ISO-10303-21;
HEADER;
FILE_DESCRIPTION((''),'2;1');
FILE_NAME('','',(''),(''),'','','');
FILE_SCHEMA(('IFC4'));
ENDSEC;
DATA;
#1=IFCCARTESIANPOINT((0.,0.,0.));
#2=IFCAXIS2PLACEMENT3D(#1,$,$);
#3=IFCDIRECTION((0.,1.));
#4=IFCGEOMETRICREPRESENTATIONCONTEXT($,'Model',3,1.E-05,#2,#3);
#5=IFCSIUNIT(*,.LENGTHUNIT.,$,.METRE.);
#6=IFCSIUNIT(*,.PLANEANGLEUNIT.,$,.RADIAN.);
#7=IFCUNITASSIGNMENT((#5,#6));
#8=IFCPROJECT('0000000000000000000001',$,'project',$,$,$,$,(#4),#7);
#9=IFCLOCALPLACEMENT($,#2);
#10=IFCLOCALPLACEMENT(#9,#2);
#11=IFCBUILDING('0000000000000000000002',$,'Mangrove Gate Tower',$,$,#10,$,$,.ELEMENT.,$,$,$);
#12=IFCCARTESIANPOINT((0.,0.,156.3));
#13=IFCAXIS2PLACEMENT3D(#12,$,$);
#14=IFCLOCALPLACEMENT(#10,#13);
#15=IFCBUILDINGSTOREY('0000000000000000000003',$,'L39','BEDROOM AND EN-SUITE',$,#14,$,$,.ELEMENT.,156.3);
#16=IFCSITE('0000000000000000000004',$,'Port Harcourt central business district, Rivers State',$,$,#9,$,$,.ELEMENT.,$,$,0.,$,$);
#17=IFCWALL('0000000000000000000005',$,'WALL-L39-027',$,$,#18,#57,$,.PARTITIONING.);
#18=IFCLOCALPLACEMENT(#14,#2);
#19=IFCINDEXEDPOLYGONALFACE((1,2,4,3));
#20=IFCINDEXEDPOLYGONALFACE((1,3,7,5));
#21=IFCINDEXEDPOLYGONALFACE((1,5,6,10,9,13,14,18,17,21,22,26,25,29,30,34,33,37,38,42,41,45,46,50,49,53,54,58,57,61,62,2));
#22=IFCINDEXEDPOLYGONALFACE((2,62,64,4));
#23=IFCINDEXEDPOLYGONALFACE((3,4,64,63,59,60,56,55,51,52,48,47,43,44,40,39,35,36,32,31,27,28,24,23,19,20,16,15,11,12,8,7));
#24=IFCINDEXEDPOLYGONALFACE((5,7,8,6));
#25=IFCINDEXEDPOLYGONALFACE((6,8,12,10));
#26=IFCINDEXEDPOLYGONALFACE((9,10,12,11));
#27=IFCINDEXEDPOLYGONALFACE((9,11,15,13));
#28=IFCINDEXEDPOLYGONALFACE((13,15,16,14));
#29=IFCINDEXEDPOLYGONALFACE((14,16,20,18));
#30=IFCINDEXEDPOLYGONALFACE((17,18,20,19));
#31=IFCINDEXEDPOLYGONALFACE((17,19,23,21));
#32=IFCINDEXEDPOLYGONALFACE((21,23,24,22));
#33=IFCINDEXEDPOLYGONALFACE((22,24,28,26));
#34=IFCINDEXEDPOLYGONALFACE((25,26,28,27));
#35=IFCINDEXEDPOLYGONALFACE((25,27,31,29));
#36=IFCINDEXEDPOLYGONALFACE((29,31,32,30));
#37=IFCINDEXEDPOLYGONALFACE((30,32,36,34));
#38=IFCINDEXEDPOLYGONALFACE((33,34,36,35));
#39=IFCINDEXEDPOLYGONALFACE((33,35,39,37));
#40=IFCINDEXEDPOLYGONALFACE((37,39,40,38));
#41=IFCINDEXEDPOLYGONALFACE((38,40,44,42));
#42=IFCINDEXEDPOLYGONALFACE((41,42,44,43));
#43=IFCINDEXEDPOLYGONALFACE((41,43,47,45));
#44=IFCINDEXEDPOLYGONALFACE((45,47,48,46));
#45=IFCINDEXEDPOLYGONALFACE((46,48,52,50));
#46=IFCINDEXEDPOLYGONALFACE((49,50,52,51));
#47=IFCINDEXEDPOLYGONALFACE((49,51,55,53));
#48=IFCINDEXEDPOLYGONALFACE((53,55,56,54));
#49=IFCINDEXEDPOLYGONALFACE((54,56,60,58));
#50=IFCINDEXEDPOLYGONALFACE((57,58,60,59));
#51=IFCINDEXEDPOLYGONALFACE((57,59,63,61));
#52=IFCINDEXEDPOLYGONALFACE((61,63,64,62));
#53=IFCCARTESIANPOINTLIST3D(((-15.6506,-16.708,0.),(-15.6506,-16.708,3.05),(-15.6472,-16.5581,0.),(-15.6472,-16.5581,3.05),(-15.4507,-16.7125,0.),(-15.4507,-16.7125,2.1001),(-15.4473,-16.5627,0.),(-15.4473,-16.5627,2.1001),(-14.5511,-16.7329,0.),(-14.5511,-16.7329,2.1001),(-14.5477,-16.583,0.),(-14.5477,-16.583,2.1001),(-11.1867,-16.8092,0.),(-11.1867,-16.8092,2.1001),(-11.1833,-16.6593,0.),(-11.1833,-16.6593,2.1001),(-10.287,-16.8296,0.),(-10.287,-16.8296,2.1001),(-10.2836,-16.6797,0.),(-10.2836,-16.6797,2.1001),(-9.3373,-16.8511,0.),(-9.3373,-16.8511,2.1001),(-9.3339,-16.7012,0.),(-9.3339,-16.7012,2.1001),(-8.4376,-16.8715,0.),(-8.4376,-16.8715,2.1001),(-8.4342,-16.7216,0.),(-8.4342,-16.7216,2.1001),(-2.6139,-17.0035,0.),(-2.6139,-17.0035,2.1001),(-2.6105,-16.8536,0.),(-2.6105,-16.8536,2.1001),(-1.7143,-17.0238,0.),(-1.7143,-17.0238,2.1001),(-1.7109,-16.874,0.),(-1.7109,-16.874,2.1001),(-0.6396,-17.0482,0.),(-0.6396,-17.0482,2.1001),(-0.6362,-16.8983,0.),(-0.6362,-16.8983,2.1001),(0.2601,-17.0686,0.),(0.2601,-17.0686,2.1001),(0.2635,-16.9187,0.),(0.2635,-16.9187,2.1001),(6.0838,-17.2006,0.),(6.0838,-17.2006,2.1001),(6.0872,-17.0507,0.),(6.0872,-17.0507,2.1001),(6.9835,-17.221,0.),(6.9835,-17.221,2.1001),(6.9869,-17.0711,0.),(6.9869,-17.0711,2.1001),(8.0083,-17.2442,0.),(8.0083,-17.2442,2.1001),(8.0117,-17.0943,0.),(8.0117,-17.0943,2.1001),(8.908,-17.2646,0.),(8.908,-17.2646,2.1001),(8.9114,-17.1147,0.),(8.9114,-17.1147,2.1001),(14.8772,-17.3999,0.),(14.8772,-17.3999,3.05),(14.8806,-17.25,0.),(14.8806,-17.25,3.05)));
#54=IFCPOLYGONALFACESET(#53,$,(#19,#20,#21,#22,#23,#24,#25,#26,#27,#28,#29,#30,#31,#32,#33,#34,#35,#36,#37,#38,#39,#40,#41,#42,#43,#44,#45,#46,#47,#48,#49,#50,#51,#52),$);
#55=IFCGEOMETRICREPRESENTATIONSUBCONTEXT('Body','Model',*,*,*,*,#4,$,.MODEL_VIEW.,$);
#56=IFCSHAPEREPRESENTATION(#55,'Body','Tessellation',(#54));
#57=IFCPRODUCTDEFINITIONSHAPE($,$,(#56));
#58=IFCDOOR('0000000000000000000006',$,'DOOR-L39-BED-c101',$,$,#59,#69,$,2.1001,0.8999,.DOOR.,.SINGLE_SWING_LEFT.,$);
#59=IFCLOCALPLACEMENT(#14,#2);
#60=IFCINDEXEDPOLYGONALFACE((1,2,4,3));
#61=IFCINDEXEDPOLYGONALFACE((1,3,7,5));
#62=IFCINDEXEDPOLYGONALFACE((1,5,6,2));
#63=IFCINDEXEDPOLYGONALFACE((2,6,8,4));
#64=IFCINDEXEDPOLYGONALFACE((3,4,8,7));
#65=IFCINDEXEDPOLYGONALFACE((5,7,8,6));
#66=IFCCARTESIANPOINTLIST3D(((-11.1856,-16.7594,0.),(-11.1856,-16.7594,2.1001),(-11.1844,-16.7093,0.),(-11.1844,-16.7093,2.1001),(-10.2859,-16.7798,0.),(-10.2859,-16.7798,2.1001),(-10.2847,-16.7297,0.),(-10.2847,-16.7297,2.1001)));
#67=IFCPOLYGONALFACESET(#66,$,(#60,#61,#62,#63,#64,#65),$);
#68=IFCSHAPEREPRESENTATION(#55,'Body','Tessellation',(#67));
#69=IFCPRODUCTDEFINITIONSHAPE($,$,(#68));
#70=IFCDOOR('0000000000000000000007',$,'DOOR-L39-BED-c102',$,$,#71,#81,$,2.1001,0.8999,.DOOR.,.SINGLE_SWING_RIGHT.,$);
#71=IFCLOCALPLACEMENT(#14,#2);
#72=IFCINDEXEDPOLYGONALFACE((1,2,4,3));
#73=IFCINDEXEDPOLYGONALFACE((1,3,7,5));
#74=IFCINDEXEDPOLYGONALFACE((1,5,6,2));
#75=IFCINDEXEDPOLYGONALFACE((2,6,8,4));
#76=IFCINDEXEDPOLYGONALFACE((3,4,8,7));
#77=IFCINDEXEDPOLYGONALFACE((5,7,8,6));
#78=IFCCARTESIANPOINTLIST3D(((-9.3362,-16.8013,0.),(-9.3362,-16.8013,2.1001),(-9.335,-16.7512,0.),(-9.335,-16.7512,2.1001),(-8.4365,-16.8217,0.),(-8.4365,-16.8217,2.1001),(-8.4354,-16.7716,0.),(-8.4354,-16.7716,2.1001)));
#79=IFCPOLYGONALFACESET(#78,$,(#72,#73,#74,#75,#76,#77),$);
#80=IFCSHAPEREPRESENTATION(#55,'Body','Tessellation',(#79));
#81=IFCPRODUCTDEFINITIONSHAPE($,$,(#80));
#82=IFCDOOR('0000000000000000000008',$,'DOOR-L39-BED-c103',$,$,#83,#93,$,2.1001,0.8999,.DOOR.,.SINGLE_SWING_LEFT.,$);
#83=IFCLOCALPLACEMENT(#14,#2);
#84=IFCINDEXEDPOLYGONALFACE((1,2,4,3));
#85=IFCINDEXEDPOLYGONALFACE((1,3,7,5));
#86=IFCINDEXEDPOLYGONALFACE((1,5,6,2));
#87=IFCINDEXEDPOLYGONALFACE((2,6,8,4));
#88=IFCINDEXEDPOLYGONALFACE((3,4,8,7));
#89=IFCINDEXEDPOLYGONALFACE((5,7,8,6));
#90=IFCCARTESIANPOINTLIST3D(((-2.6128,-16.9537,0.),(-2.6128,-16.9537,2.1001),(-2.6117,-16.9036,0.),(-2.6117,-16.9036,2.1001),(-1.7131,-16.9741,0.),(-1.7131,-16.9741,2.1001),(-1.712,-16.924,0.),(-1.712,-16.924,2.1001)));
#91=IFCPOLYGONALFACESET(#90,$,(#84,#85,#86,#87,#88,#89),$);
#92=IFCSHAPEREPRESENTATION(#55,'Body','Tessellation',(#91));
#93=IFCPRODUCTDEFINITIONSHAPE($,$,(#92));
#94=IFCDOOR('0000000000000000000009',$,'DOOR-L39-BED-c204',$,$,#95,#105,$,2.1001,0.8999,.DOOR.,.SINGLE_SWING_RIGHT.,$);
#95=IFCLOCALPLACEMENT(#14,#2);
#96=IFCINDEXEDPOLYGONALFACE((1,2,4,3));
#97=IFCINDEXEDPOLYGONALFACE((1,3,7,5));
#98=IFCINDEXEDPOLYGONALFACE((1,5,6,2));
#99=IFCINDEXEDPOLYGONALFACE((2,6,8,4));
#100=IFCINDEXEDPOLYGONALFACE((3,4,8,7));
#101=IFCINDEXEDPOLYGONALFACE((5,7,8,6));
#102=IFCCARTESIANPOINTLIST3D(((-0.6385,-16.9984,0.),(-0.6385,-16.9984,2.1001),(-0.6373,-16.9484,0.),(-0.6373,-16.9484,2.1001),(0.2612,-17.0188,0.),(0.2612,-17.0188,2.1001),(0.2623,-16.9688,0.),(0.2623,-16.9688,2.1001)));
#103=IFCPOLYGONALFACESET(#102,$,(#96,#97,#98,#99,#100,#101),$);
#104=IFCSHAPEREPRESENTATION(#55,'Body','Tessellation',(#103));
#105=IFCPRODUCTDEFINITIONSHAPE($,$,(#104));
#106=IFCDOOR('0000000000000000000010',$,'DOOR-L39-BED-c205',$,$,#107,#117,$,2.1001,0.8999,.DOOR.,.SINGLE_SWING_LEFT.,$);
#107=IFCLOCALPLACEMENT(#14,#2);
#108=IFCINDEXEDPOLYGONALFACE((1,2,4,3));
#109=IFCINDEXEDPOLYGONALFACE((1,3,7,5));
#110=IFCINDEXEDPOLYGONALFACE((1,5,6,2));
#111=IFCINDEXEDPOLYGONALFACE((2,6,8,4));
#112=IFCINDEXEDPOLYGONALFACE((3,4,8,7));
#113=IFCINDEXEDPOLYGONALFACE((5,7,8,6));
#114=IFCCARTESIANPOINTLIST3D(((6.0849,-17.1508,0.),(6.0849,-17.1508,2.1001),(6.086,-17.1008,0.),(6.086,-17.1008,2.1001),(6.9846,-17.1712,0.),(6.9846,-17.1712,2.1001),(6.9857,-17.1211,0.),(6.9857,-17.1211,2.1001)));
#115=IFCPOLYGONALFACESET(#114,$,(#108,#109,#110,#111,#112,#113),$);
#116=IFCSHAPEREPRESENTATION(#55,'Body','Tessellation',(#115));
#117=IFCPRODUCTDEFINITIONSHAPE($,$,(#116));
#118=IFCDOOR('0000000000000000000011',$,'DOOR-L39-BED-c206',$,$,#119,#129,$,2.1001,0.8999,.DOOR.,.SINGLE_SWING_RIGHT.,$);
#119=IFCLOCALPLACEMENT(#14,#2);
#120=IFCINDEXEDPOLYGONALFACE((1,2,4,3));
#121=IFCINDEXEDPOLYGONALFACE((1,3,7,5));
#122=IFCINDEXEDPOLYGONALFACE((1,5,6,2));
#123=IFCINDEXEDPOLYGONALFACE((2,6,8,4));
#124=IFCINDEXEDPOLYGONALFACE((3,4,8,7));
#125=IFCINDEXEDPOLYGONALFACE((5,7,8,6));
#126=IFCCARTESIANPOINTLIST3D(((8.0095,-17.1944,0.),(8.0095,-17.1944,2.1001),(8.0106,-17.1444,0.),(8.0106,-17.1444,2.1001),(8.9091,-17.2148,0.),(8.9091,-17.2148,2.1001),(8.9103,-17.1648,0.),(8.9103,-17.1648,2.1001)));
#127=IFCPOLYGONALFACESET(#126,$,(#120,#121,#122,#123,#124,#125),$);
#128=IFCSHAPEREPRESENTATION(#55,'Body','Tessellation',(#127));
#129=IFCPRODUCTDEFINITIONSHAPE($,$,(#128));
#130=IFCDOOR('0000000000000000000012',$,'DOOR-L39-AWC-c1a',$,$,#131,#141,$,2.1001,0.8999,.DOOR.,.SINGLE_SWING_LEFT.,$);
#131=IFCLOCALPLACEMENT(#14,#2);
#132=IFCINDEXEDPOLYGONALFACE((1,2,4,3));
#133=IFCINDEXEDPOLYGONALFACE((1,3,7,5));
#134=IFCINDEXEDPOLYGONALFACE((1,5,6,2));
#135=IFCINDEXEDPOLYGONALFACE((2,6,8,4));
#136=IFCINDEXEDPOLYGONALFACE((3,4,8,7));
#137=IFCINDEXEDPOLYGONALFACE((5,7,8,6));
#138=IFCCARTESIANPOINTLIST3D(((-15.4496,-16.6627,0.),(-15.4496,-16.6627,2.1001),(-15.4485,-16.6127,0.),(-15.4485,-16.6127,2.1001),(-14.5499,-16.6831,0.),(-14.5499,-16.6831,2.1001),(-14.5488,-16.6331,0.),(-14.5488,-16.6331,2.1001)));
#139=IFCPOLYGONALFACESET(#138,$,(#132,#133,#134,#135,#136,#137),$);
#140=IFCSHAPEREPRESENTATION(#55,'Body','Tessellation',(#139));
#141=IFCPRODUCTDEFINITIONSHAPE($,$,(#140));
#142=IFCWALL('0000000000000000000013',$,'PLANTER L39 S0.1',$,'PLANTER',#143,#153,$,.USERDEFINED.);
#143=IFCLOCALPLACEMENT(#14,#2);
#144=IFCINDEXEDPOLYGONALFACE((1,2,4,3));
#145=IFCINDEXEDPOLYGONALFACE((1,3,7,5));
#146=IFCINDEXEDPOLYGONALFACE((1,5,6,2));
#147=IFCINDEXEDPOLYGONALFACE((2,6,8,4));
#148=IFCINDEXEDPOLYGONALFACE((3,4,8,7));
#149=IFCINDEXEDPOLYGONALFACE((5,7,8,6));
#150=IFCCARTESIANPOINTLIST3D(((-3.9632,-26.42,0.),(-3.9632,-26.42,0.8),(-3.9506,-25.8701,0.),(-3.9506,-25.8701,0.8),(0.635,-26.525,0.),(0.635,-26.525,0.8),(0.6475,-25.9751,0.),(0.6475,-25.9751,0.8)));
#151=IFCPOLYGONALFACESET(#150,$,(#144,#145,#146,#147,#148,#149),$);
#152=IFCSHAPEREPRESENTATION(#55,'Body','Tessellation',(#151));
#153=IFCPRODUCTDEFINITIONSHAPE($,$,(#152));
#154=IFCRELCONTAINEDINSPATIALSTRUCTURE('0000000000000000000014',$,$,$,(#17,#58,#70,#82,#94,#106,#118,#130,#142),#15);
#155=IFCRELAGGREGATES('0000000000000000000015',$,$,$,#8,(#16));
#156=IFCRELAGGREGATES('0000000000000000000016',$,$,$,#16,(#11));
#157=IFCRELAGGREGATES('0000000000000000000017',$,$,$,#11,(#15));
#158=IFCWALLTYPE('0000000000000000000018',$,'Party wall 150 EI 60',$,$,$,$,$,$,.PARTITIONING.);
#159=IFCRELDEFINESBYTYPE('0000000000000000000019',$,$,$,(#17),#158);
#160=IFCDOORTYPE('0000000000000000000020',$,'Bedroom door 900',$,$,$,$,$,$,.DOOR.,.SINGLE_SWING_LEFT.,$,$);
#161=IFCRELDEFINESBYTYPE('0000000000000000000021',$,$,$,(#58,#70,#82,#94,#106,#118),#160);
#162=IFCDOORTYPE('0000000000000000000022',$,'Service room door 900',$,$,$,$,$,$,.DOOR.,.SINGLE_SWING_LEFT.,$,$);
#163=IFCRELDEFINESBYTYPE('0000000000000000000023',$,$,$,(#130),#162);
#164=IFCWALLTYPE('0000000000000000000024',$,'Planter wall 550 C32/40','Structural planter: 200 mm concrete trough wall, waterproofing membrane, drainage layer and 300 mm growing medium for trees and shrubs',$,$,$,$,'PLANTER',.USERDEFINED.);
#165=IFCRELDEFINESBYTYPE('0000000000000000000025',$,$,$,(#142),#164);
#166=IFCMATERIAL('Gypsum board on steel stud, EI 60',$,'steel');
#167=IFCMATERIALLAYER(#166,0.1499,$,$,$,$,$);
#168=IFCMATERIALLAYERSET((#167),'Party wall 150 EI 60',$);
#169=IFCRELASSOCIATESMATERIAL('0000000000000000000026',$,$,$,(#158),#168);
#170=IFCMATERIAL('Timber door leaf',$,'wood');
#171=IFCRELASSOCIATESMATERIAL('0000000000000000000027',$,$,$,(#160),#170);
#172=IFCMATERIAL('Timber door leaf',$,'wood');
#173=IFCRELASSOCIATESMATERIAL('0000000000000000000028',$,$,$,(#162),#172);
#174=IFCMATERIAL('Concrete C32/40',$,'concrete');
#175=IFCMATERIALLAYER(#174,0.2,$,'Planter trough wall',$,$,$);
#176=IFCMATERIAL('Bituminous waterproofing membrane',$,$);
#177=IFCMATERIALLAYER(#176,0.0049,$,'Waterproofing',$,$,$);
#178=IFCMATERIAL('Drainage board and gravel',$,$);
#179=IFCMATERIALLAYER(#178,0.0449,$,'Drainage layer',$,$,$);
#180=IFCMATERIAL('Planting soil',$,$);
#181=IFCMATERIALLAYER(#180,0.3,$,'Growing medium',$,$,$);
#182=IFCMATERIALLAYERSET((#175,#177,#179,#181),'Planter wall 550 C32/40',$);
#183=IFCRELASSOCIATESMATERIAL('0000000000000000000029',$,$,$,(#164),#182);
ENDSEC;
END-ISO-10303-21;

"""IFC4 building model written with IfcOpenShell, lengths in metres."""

from ifc_helpers import new_model, si_unit, direction, frame, frame_2d, origin, place, context, subcontext, project, spatial, rectangle, extrude, material, layer, layer_set, type_object, element, fill, save


model = new_model("IFC4")

# Units and contexts
model_context = context("Model", 3, precision=1e-05, world=origin(), true_north=direction((0.0, 1.0)))
body_context = subcontext(model_context, "Body", "Model", "MODEL_VIEW")
ifc_project = project(units=[si_unit("LENGTHUNIT", "METRE"), si_unit("PLANEANGLEUNIT", "RADIAN")], contexts=[model_context])

# Site, building, storey
site_placement = place(None, origin())
site = spatial("IfcSite", under=ifc_project, at=site_placement, Name="Port Harcourt central business district, Rivers State", CompositionType="ELEMENT", RefElevation=0.0)
building_placement = place(site_placement, origin())
building = spatial("IfcBuilding", under=site, at=building_placement, Name="Mangrove Gate Tower", CompositionType="ELEMENT")
storey_placement = place(building_placement, frame((0.0, 0.0, 156.3)))
storey = spatial("IfcBuildingStorey", under=building, at=storey_placement, Name="L39", Description="BEDROOM AND EN-SUITE", CompositionType="ELEMENT", Elevation=156.3)

# Shared definitions
ifc_material_1 = material(Name="Gypsum board on steel stud, EI 60", Category="steel")
ifc_layer_1 = layer(ifc_material_1, 0.1499)
ifc_layer_set_1 = layer_set([ifc_layer_1], Name="Party wall 150 EI 60")
wall_type_1 = type_object("IfcWallType", Name="Party wall 150 EI 60", PredefinedType="PARTITIONING", material=ifc_layer_set_1)

# Wall, openings, doors
wall_1_placement = place(storey_placement, frame((-15.6489, -16.6331, 0.0), z_axis=(0.0, 0.0, 1.0), x_axis=(0.999743, -0.022659, 0.0)))
wall_1 = element("IfcWall", 1, at=wall_1_placement, inside=storey, type_object=wall_type_1, Name="WALL-L39-027", PredefinedType="PARTITIONING", context=body_context, shape_type="SweptSolid", body=[
    extrude(rectangle(XDim=30.5356, YDim=0.1499, at=frame_2d((15.2678, 0.0))), origin(), (0.0, 0.0, 1.0), 3.05),
])
opening_1_placement = place(wall_1_placement, frame((0.2, 0.0, 0.0)))
opening_1 = element("IfcOpeningElement", 2, at=opening_1_placement, cuts=wall_1, PredefinedType="OPENING", context=body_context, shape_type="SweptSolid", body=[
    extrude(rectangle(XDim=0.8999, YDim=2.1001, at=frame_2d((0.45, 1.05))), frame((0.0, 0.085, 0.0), z_axis=(0.0, -1.0, 0.0), x_axis=(1.0, 0.0, 0.0)), (0.0, 0.0, 1.0), 0.1699),
])
opening_2_placement = place(wall_1_placement, frame((4.4651, 0.0, 0.0)))
opening_2 = element("IfcOpeningElement", 3, at=opening_2_placement, cuts=wall_1, PredefinedType="OPENING", context=body_context, shape_type="SweptSolid", body=[
    extrude(rectangle(XDim=0.8999, YDim=2.1001, at=frame_2d((0.45, 1.05))), frame((0.0, 0.085, 0.0), z_axis=(0.0, -1.0, 0.0), x_axis=(1.0, 0.0, 0.0)), (0.0, 0.0, 1.0), 0.1699),
])
opening_3_placement = place(wall_1_placement, frame((6.3149, 0.0, 0.0)))
opening_3 = element("IfcOpeningElement", 4, at=opening_3_placement, cuts=wall_1, PredefinedType="OPENING", context=body_context, shape_type="SweptSolid", body=[
    extrude(rectangle(XDim=0.8999, YDim=2.1001, at=frame_2d((0.45, 1.05))), frame((0.0, 0.085, 0.0), z_axis=(0.0, -1.0, 0.0), x_axis=(1.0, 0.0, 0.0)), (0.0, 0.0, 1.0), 0.1699),
])
opening_4_placement = place(wall_1_placement, frame((13.04, 0.0, 0.0)))
opening_4 = element("IfcOpeningElement", 5, at=opening_4_placement, cuts=wall_1, PredefinedType="OPENING", context=body_context, shape_type="SweptSolid", body=[
    extrude(rectangle(XDim=0.8999, YDim=2.1001, at=frame_2d((0.45, 1.05))), frame((0.0, 0.085, 0.0), z_axis=(0.0, -1.0, 0.0), x_axis=(1.0, 0.0, 0.0)), (0.0, 0.0, 1.0), 0.1699),
])
opening_5_placement = place(wall_1_placement, frame((15.0149, 0.0, 0.0)))
opening_5 = element("IfcOpeningElement", 6, at=opening_5_placement, cuts=wall_1, PredefinedType="OPENING", context=body_context, shape_type="SweptSolid", body=[
    extrude(rectangle(XDim=0.8999, YDim=2.1001, at=frame_2d((0.45, 1.05))), frame((0.0, 0.085, 0.0), z_axis=(0.0, -1.0, 0.0), x_axis=(1.0, 0.0, 0.0)), (0.0, 0.0, 1.0), 0.1699),
])
opening_6_placement = place(wall_1_placement, frame((21.74, 0.0, 0.0)))
opening_6 = element("IfcOpeningElement", 7, at=opening_6_placement, cuts=wall_1, PredefinedType="OPENING", context=body_context, shape_type="SweptSolid", body=[
    extrude(rectangle(XDim=0.8999, YDim=2.1001, at=frame_2d((0.45, 1.05))), frame((0.0, 0.085, 0.0), z_axis=(0.0, -1.0, 0.0), x_axis=(1.0, 0.0, 0.0)), (0.0, 0.0, 1.0), 0.1699),
])
opening_7_placement = place(wall_1_placement, frame((23.665, 0.0, 0.0)))
opening_7 = element("IfcOpeningElement", 8, at=opening_7_placement, cuts=wall_1, PredefinedType="OPENING", context=body_context, shape_type="SweptSolid", body=[
    extrude(rectangle(XDim=0.8999, YDim=2.1001, at=frame_2d((0.45, 1.05))), frame((0.0, 0.085, 0.0), z_axis=(0.0, -1.0, 0.0), x_axis=(1.0, 0.0, 0.0)), (0.0, 0.0, 1.0), 0.1699),
])
ifc_material_2 = material(Name="Timber door leaf", Category="wood")
door_type_1 = type_object("IfcDoorType", Name="Bedroom door 900", OperationType="SINGLE_SWING_LEFT", PredefinedType="DOOR", material=ifc_material_2)
door_1_placement = place(opening_2_placement, origin())
door_1 = element("IfcDoor", 9, at=door_1_placement, inside=storey, type_object=door_type_1, Name="DOOR-L39-BED-c101", OperationType="SINGLE_SWING_LEFT", OverallHeight=2.1001, OverallWidth=0.8999, PredefinedType="DOOR", context=body_context, shape_type="SweptSolid", body=[
    extrude(rectangle(XDim=0.8999, YDim=2.1001, at=frame_2d((0.45, 1.05))), frame((0.0, 0.0249, 0.0), z_axis=(0.0, -1.0, 0.0), x_axis=(1.0, 0.0, 0.0)), (0.0, 0.0, 1.0), 0.05),
])
fill(opening_2, door_1)
door_2_placement = place(opening_3_placement, origin())
door_2 = element("IfcDoor", 10, at=door_2_placement, inside=storey, type_object=door_type_1, Name="DOOR-L39-BED-c102", OperationType="SINGLE_SWING_RIGHT", OverallHeight=2.1001, OverallWidth=0.8999, PredefinedType="DOOR", context=body_context, shape_type="SweptSolid", body=[
    extrude(rectangle(XDim=0.8999, YDim=2.1001, at=frame_2d((0.45, 1.05))), frame((0.0, 0.0249, 0.0), z_axis=(0.0, -1.0, 0.0), x_axis=(1.0, 0.0, 0.0)), (0.0, 0.0, 1.0), 0.05),
])
fill(opening_3, door_2)
door_3_placement = place(opening_4_placement, origin())
door_3 = element("IfcDoor", 11, at=door_3_placement, inside=storey, type_object=door_type_1, Name="DOOR-L39-BED-c103", OperationType="SINGLE_SWING_LEFT", OverallHeight=2.1001, OverallWidth=0.8999, PredefinedType="DOOR", context=body_context, shape_type="SweptSolid", body=[
    extrude(rectangle(XDim=0.8999, YDim=2.1001, at=frame_2d((0.45, 1.05))), frame((0.0, 0.0249, 0.0), z_axis=(0.0, -1.0, 0.0), x_axis=(1.0, 0.0, 0.0)), (0.0, 0.0, 1.0), 0.05),
])
fill(opening_4, door_3)
door_4_placement = place(opening_5_placement, origin())
door_4 = element("IfcDoor", 12, at=door_4_placement, inside=storey, type_object=door_type_1, Name="DOOR-L39-BED-c204", OperationType="SINGLE_SWING_RIGHT", OverallHeight=2.1001, OverallWidth=0.8999, PredefinedType="DOOR", context=body_context, shape_type="SweptSolid", body=[
    extrude(rectangle(XDim=0.8999, YDim=2.1001, at=frame_2d((0.45, 1.05))), frame((0.0, 0.0249, 0.0), z_axis=(0.0, -1.0, 0.0), x_axis=(1.0, 0.0, 0.0)), (0.0, 0.0, 1.0), 0.05),
])
fill(opening_5, door_4)
door_5_placement = place(opening_6_placement, origin())
door_5 = element("IfcDoor", 13, at=door_5_placement, inside=storey, type_object=door_type_1, Name="DOOR-L39-BED-c205", OperationType="SINGLE_SWING_LEFT", OverallHeight=2.1001, OverallWidth=0.8999, PredefinedType="DOOR", context=body_context, shape_type="SweptSolid", body=[
    extrude(rectangle(XDim=0.8999, YDim=2.1001, at=frame_2d((0.45, 1.05))), frame((0.0, 0.0249, 0.0), z_axis=(0.0, -1.0, 0.0), x_axis=(1.0, 0.0, 0.0)), (0.0, 0.0, 1.0), 0.05),
])
fill(opening_6, door_5)
door_6_placement = place(opening_7_placement, origin())
door_6 = element("IfcDoor", 14, at=door_6_placement, inside=storey, type_object=door_type_1, Name="DOOR-L39-BED-c206", OperationType="SINGLE_SWING_RIGHT", OverallHeight=2.1001, OverallWidth=0.8999, PredefinedType="DOOR", context=body_context, shape_type="SweptSolid", body=[
    extrude(rectangle(XDim=0.8999, YDim=2.1001, at=frame_2d((0.45, 1.05))), frame((0.0, 0.0249, 0.0), z_axis=(0.0, -1.0, 0.0), x_axis=(1.0, 0.0, 0.0)), (0.0, 0.0, 1.0), 0.05),
])
fill(opening_7, door_6)
ifc_material_3 = material(Name="Timber door leaf", Category="wood")
door_type_2 = type_object("IfcDoorType", Name="Service room door 900", OperationType="SINGLE_SWING_LEFT", PredefinedType="DOOR", material=ifc_material_3)
door_7_placement = place(opening_1_placement, origin())
door_7 = element("IfcDoor", 15, at=door_7_placement, inside=storey, type_object=door_type_2, Name="DOOR-L39-AWC-c1a", OperationType="SINGLE_SWING_LEFT", OverallHeight=2.1001, OverallWidth=0.8999, PredefinedType="DOOR", context=body_context, shape_type="SweptSolid", body=[
    extrude(rectangle(XDim=0.8999, YDim=2.1001, at=frame_2d((0.45, 1.05))), frame((0.0, 0.0249, 0.0), z_axis=(0.0, -1.0, 0.0), x_axis=(1.0, 0.0, 0.0)), (0.0, 0.0, 1.0), 0.05),
])
fill(opening_1, door_7)

# Wall
ifc_material_4 = material(Name="Concrete C32/40", Category="concrete")
ifc_layer_2 = layer(ifc_material_4, 0.2, Name="Planter trough wall")
ifc_material_5 = material(Name="Bituminous waterproofing membrane")
ifc_layer_3 = layer(ifc_material_5, 0.0049, Name="Waterproofing")
ifc_material_6 = material(Name="Drainage board and gravel")
ifc_layer_4 = layer(ifc_material_6, 0.0449, Name="Drainage layer")
ifc_material_7 = material(Name="Planting soil")
ifc_layer_5 = layer(ifc_material_7, 0.3, Name="Growing medium")
ifc_layer_set_2 = layer_set([ifc_layer_2, ifc_layer_3, ifc_layer_4, ifc_layer_5], Name="Planter wall 550 C32/40")
wall_type_2 = type_object("IfcWallType", Name="Planter wall 550 C32/40", Description="Structural planter: 200 mm concrete trough wall, waterproofing membrane, drainage layer and 300 mm growing medium for trees and shrubs", ElementType="PLANTER", PredefinedType="USERDEFINED", material=ifc_layer_set_2)
wall_2_placement = place(storey_placement, frame((-3.957, -26.145, 0.0), z_axis=(0.0, 0.0, 1.0), x_axis=(0.999739, -0.022825, 0.0)))
element("IfcWall", 16, at=wall_2_placement, inside=storey, type_object=wall_type_2, Name="PLANTER L39 S0.1", ObjectType="PLANTER", PredefinedType="USERDEFINED", context=body_context, shape_type="SweptSolid", body=[
    extrude(rectangle(XDim=4.5994, YDim=0.55, at=frame_2d((2.2998, 0.0))), origin(), (0.0, 0.0, 1.0), 0.8),
])

save(model, "model.ifc")
